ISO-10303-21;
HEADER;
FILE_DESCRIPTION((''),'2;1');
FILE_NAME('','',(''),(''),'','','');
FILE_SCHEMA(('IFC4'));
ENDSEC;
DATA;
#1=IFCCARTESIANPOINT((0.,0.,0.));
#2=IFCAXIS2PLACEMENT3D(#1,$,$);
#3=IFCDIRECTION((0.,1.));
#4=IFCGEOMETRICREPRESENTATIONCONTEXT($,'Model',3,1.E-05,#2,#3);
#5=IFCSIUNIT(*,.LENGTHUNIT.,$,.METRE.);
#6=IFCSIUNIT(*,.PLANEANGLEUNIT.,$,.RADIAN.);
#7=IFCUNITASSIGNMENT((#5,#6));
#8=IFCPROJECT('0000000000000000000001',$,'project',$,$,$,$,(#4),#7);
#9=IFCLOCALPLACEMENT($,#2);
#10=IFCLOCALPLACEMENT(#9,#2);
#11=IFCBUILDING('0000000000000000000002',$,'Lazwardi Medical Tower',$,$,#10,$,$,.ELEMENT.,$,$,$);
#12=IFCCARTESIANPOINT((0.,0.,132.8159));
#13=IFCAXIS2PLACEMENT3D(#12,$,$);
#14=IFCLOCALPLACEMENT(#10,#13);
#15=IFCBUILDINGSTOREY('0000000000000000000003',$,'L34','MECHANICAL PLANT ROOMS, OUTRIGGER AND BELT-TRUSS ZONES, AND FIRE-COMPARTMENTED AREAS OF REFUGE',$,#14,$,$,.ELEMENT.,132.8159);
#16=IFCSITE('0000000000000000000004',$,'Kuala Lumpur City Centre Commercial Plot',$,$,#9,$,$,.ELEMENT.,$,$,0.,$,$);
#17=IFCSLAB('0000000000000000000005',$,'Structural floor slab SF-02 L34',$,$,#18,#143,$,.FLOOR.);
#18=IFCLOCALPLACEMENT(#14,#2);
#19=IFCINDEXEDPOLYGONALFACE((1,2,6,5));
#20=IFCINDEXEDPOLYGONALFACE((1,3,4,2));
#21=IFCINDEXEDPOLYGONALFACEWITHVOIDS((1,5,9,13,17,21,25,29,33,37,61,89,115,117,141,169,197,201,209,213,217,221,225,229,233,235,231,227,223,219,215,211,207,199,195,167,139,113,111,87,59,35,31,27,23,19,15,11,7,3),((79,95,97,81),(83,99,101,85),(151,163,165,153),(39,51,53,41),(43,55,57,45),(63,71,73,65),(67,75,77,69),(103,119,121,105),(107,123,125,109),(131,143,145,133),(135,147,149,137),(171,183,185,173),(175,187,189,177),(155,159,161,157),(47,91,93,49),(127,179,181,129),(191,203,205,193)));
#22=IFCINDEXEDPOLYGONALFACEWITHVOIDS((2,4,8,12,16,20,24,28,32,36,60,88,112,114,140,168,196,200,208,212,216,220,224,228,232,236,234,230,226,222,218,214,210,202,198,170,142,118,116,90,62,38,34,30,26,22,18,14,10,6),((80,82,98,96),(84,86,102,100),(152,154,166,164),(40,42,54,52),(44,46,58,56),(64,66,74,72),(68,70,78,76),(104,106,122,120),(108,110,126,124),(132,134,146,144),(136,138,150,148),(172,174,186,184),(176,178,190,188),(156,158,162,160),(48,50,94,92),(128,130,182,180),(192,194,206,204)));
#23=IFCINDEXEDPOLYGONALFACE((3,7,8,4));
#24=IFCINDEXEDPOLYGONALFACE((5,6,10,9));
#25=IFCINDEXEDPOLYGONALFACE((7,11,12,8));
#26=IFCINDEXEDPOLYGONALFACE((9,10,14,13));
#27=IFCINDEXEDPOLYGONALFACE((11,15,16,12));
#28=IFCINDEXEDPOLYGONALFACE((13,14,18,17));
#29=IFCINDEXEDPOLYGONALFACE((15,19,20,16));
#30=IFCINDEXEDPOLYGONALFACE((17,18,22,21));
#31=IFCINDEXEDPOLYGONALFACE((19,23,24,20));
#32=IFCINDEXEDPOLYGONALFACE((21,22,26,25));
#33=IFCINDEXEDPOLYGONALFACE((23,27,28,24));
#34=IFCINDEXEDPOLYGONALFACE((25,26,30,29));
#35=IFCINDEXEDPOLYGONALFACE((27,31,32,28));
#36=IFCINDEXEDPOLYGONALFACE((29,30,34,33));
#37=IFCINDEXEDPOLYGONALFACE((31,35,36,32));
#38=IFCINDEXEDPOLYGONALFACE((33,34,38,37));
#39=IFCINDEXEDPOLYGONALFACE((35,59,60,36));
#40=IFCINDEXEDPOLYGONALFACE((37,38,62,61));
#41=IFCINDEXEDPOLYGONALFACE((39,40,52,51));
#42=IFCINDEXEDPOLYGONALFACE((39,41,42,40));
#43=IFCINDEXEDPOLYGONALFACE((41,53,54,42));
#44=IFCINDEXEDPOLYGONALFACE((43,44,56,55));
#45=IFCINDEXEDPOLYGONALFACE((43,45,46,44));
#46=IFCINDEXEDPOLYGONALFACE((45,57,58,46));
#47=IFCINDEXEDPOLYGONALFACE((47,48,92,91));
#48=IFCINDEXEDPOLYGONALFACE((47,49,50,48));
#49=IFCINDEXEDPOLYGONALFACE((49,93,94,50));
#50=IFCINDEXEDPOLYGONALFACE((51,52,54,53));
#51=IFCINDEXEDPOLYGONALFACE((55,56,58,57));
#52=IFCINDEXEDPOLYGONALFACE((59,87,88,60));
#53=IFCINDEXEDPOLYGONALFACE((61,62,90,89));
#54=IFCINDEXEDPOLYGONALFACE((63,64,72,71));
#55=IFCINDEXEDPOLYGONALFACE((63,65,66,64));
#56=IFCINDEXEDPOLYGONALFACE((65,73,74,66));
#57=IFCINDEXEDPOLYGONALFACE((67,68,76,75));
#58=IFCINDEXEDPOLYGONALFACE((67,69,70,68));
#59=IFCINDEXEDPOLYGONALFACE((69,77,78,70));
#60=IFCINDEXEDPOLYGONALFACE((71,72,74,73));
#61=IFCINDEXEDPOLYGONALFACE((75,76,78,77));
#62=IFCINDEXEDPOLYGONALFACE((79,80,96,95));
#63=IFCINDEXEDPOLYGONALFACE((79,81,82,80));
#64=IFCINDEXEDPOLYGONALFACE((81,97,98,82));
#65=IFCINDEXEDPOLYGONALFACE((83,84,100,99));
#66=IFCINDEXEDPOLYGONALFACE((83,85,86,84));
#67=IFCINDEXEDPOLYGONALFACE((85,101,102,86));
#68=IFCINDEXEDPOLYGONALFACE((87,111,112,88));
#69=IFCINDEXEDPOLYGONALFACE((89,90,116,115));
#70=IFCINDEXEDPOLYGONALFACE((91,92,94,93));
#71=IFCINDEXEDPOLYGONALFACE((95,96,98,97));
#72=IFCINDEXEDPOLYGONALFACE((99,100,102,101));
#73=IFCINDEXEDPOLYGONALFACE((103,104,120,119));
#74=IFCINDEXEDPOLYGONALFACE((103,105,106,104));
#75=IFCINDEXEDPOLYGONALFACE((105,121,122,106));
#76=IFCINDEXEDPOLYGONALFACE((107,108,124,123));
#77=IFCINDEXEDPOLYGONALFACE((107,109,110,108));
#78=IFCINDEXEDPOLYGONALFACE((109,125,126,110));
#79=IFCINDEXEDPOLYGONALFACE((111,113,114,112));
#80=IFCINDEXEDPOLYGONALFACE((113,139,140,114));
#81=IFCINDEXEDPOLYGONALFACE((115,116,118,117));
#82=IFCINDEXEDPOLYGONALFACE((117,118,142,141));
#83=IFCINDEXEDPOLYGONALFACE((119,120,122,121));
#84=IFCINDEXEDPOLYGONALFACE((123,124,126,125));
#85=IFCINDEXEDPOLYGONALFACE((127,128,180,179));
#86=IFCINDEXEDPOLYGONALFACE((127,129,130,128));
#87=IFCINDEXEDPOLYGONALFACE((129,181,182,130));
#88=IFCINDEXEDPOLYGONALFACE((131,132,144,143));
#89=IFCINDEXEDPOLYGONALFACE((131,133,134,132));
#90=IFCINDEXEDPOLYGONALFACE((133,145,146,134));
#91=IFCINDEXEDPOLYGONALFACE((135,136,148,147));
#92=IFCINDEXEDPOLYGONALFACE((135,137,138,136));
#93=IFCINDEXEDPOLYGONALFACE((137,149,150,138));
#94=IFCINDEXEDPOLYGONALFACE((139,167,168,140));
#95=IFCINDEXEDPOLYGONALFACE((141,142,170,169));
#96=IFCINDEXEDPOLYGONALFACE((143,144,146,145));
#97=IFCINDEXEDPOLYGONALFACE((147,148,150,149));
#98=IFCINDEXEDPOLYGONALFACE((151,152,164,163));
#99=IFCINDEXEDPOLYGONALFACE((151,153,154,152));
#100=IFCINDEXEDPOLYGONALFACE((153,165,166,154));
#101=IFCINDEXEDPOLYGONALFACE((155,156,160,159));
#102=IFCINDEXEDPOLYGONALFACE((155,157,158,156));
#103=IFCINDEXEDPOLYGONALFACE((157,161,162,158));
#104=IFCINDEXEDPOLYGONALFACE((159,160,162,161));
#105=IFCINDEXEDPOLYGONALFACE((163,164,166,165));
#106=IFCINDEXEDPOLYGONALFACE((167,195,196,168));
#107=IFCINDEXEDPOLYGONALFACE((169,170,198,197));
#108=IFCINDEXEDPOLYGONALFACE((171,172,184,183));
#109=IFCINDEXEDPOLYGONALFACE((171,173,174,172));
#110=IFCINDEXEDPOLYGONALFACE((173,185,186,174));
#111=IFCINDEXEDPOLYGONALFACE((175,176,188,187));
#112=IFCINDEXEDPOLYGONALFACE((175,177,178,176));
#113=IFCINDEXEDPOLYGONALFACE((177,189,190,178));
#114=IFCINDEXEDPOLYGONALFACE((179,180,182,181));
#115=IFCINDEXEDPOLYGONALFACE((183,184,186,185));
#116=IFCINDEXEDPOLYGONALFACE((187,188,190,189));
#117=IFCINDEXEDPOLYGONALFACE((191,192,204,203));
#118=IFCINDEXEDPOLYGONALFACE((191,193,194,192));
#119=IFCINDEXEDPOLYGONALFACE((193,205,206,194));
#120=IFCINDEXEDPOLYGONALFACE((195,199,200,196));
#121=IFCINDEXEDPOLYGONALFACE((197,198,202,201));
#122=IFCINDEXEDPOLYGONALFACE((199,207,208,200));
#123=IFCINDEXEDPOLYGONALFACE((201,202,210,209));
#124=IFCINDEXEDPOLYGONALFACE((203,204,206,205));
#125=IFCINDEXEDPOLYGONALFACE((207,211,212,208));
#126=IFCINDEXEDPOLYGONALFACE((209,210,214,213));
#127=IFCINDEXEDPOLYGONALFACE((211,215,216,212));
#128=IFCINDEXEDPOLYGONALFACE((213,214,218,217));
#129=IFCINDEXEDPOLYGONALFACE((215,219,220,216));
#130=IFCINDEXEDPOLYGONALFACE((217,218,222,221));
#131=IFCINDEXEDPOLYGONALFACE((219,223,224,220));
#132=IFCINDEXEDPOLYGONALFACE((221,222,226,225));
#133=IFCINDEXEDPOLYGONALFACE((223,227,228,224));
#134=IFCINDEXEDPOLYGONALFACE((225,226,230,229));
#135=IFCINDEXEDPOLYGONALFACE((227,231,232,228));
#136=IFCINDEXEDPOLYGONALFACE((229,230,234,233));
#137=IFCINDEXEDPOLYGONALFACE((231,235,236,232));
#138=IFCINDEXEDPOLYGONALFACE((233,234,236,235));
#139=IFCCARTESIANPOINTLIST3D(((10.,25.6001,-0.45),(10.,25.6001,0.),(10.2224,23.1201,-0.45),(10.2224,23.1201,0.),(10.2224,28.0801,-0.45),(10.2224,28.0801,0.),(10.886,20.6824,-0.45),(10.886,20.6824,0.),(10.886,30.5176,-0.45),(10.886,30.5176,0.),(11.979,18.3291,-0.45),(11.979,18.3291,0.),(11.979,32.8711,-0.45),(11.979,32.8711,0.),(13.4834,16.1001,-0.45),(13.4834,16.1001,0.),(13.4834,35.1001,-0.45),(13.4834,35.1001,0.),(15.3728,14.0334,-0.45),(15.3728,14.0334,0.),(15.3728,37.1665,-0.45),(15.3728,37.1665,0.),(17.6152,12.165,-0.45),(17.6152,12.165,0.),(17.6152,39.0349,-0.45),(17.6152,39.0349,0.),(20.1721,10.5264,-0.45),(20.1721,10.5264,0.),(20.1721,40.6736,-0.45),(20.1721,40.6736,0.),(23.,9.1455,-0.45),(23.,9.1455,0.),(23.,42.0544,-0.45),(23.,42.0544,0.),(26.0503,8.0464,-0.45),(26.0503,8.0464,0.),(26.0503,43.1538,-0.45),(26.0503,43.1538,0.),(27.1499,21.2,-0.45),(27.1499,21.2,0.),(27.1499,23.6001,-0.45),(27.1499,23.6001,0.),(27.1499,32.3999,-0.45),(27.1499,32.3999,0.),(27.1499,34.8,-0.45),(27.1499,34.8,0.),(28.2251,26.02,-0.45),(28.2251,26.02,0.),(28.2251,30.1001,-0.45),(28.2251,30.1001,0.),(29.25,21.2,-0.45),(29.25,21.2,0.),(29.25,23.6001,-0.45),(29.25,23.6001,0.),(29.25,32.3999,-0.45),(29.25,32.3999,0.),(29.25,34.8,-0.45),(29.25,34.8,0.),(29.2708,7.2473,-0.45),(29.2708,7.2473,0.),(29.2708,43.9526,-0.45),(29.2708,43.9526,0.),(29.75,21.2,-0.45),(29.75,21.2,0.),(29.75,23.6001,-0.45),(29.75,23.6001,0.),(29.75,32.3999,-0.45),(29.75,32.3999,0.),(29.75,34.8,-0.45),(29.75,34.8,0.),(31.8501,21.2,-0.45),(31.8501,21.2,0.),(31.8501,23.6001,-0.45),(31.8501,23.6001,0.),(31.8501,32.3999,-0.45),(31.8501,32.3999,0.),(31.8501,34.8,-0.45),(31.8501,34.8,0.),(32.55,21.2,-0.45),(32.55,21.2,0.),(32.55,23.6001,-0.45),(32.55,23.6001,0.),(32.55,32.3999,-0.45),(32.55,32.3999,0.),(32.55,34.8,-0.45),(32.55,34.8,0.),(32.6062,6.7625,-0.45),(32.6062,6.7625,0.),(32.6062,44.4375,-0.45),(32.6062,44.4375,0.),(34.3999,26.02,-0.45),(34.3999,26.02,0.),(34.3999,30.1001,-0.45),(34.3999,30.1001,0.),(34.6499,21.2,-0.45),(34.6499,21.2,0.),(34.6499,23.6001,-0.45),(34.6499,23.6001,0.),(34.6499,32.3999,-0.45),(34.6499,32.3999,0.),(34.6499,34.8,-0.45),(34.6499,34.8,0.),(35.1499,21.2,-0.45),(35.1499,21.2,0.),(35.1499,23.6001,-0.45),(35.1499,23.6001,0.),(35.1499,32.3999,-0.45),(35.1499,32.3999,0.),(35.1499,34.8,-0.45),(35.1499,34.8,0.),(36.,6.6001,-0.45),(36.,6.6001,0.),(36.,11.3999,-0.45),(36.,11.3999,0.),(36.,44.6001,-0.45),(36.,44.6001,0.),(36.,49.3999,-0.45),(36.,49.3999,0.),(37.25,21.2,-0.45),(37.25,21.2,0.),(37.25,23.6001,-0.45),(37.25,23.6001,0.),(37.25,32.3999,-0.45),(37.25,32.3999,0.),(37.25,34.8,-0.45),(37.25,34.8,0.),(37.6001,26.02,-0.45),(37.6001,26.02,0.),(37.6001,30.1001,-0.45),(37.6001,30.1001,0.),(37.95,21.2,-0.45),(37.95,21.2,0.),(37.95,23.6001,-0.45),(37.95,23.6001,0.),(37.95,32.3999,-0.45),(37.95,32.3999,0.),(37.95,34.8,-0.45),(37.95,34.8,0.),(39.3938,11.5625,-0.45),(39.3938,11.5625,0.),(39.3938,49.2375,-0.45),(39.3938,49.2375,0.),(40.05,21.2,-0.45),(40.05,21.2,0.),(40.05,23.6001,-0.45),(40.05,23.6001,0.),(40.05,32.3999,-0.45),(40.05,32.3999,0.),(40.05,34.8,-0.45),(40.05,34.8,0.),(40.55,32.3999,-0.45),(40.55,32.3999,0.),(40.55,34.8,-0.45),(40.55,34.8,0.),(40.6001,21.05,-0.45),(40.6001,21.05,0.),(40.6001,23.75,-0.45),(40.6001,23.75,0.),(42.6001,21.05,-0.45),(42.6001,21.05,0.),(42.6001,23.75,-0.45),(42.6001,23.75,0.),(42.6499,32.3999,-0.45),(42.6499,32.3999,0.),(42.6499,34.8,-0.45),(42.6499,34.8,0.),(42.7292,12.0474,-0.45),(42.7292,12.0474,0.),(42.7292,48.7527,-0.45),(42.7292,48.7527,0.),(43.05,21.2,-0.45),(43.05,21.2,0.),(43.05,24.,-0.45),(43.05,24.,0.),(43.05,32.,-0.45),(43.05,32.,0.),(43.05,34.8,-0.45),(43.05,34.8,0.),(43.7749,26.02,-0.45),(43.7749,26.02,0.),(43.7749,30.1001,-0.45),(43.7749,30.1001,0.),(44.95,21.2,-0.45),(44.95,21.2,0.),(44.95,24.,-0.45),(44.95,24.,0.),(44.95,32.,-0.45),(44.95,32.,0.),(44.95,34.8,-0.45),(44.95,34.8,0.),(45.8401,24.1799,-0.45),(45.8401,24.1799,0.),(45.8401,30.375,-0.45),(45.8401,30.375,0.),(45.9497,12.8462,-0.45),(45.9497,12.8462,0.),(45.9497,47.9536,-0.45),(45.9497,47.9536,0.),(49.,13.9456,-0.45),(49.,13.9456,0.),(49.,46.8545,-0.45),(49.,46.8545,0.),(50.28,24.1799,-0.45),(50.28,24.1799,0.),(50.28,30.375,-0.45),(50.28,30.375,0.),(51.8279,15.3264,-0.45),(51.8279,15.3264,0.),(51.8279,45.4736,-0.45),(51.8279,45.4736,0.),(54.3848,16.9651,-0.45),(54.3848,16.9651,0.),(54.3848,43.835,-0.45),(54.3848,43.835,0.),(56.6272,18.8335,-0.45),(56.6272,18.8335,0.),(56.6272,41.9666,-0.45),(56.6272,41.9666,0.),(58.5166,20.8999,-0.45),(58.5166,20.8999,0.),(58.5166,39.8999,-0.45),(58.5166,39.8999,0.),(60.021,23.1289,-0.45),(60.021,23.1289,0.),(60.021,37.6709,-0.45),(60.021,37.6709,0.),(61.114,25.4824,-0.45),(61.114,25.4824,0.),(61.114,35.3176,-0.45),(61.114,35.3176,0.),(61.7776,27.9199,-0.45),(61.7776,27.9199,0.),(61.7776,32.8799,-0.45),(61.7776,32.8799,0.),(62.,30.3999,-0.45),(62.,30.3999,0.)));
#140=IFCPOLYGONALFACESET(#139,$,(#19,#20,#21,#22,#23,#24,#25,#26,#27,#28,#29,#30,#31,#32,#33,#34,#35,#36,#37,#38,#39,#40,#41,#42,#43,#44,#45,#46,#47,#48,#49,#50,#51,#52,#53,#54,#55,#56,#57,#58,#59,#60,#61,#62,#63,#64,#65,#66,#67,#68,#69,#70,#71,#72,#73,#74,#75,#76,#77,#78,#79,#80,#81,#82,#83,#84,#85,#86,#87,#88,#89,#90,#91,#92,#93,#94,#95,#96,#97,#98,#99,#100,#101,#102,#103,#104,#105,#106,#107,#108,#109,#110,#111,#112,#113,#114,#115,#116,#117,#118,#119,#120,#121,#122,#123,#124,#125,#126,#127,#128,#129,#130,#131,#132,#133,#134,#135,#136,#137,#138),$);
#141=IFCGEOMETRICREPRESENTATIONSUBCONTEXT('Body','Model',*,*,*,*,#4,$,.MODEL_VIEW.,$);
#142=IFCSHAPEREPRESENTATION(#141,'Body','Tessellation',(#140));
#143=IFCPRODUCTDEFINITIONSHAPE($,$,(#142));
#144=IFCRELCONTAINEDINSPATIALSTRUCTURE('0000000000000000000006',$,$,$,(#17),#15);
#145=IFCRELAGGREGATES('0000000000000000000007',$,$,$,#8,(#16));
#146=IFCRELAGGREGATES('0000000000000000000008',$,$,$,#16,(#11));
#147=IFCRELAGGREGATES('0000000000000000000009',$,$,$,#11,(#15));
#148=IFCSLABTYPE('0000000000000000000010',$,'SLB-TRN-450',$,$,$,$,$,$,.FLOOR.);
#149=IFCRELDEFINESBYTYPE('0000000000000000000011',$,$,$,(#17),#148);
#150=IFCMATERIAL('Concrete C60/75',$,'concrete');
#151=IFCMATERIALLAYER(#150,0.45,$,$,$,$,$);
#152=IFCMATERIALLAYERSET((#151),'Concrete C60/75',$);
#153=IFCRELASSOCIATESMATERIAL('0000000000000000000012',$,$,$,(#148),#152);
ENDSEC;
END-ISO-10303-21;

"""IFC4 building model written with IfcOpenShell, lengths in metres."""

from ifc_helpers import new_model, si_unit, direction, frame, origin, place, context, subcontext, project, spatial, polyline, outline, extrude, material, layer, layer_set, type_object, element, save


model = new_model("IFC4")

# Units and contexts
model_context = context("Model", 3, precision=1e-05, world=origin(), true_north=direction((0.0, 1.0)))
body_context = subcontext(model_context, "Body", "Model", "MODEL_VIEW")
ifc_project = project(units=[si_unit("LENGTHUNIT", "METRE"), si_unit("PLANEANGLEUNIT", "RADIAN")], contexts=[model_context])

# Site, building, storey
site_placement = place(None, origin())
site = spatial("IfcSite", under=ifc_project, at=site_placement, Name="Kuala Lumpur City Centre Commercial Plot", CompositionType="ELEMENT", RefElevation=0.0)
building_placement = place(site_placement, origin())
building = spatial("IfcBuilding", under=site, at=building_placement, Name="Lazwardi Medical Tower", CompositionType="ELEMENT")
storey_placement = place(building_placement, frame((0.0, 0.0, 132.8159)))
storey = spatial("IfcBuildingStorey", under=building, at=storey_placement, Name="L34", Description="MECHANICAL PLANT ROOMS, OUTRIGGER AND BELT-TRUSS ZONES, AND FIRE-COMPARTMENTED AREAS OF REFUGE", CompositionType="ELEMENT", Elevation=132.8159)

# Slab
ifc_material_1 = material(Name="Concrete C60/75", Category="concrete")
ifc_layer_1 = layer(ifc_material_1, 0.45)
ifc_layer_set_1 = layer_set([ifc_layer_1], Name="Concrete C60/75")
slab_type_1 = type_object("IfcSlabType", Name="SLB-TRN-450", PredefinedType="FLOOR", material=ifc_layer_set_1)
slab_1_placement = place(storey_placement, frame((0.0, 0.0, -0.45)))
element("IfcSlab", 1, at=slab_1_placement, inside=storey, type_object=slab_type_1, Name="Structural floor slab SF-02 L34", PredefinedType="FLOOR", context=body_context, shape_type="SweptSolid", body=[
    extrude(outline(polyline([(11.979, 32.8711), (10.886, 30.5176), (10.2224, 28.0801), (10.0, 25.6001), (10.2224, 23.1201), (10.886, 20.6824), (11.979, 18.3291), (13.4834, 16.1001), (15.3728, 14.0334), (17.6152, 12.165), (20.1721, 10.5264), (23.0, 9.1455), (26.0503, 8.0464), (29.2708, 7.2473), (32.6062, 6.7625), (36.0, 6.6001), (36.0, 11.3999), (39.3938, 11.5625), (42.7292, 12.0474), (45.9497, 12.8462), (49.0, 13.9456), (51.8279, 15.3264), (54.3848, 16.9651), (56.6272, 18.8335), (58.5166, 20.8999), (60.021, 23.1289), (61.114, 25.4824), (61.7776, 27.9199), (62.0, 30.3999), (61.7776, 32.8799), (61.114, 35.3176), (60.021, 37.6709), (58.5166, 39.8999), (56.6272, 41.9666), (54.3848, 43.835), (51.8279, 45.4736), (49.0, 46.8545), (45.9497, 47.9536), (42.7292, 48.7527), (39.3938, 49.2375), (36.0, 49.3999), (36.0, 44.6001), (32.6062, 44.4375), (29.2708, 43.9526), (26.0503, 43.1538), (23.0, 42.0544), (20.1721, 40.6736), (17.6152, 39.0349), (15.3728, 37.1665), (13.4834, 35.1001), (11.979, 32.8711)]), holes=[polyline([(28.2251, 26.02), (28.2251, 30.1001), (34.3999, 30.1001), (34.3999, 26.02), (28.2251, 26.02)]), polyline([(37.6001, 30.1001), (43.7749, 30.1001), (43.7749, 26.02), (37.6001, 26.02), (37.6001, 30.1001)]), polyline([(50.28, 30.375), (50.28, 24.1799), (45.8401, 24.1799), (45.8401, 30.375), (50.28, 30.375)]), polyline([(29.25, 32.3999), (27.1499, 32.3999), (27.1499, 34.8), (29.25, 34.8), (29.25, 32.3999)]), polyline([(29.75, 32.3999), (29.75, 34.8), (31.8501, 34.8), (31.8501, 32.3999), (29.75, 32.3999)]), polyline([(27.1499, 23.6001), (29.25, 23.6001), (29.25, 21.2), (27.1499, 21.2), (27.1499, 23.6001)]), polyline([(31.8501, 23.6001), (31.8501, 21.2), (29.75, 21.2), (29.75, 23.6001), (31.8501, 23.6001)]), polyline([(34.6499, 32.3999), (32.55, 32.3999), (32.55, 34.8), (34.6499, 34.8), (34.6499, 32.3999)]), polyline([(35.1499, 32.3999), (35.1499, 34.8), (37.25, 34.8), (37.25, 32.3999), (35.1499, 32.3999)]), polyline([(32.55, 23.6001), (34.6499, 23.6001), (34.6499, 21.2), (32.55, 21.2), (32.55, 23.6001)]), polyline([(37.25, 23.6001), (37.25, 21.2), (35.1499, 21.2), (35.1499, 23.6001), (37.25, 23.6001)]), polyline([(40.05, 32.3999), (37.95, 32.3999), (37.95, 34.8), (40.05, 34.8), (40.05, 32.3999)]), polyline([(40.55, 32.3999), (40.55, 34.8), (42.6499, 34.8), (42.6499, 32.3999), (40.55, 32.3999)]), polyline([(37.95, 23.6001), (40.05, 23.6001), (40.05, 21.2), (37.95, 21.2), (37.95, 23.6001)]), polyline([(44.95, 34.8), (44.95, 32.0), (43.05, 32.0), (43.05, 34.8), (44.95, 34.8)]), polyline([(44.95, 21.2), (43.05, 21.2), (43.05, 24.0), (44.95, 24.0), (44.95, 21.2)]), polyline([(40.6001, 21.05), (40.6001, 23.75), (42.6001, 23.75), (42.6001, 21.05), (40.6001, 21.05)])]), origin(), (0.0, 0.0, 1.0), 0.45),
])

save(model, "model.ifc")
